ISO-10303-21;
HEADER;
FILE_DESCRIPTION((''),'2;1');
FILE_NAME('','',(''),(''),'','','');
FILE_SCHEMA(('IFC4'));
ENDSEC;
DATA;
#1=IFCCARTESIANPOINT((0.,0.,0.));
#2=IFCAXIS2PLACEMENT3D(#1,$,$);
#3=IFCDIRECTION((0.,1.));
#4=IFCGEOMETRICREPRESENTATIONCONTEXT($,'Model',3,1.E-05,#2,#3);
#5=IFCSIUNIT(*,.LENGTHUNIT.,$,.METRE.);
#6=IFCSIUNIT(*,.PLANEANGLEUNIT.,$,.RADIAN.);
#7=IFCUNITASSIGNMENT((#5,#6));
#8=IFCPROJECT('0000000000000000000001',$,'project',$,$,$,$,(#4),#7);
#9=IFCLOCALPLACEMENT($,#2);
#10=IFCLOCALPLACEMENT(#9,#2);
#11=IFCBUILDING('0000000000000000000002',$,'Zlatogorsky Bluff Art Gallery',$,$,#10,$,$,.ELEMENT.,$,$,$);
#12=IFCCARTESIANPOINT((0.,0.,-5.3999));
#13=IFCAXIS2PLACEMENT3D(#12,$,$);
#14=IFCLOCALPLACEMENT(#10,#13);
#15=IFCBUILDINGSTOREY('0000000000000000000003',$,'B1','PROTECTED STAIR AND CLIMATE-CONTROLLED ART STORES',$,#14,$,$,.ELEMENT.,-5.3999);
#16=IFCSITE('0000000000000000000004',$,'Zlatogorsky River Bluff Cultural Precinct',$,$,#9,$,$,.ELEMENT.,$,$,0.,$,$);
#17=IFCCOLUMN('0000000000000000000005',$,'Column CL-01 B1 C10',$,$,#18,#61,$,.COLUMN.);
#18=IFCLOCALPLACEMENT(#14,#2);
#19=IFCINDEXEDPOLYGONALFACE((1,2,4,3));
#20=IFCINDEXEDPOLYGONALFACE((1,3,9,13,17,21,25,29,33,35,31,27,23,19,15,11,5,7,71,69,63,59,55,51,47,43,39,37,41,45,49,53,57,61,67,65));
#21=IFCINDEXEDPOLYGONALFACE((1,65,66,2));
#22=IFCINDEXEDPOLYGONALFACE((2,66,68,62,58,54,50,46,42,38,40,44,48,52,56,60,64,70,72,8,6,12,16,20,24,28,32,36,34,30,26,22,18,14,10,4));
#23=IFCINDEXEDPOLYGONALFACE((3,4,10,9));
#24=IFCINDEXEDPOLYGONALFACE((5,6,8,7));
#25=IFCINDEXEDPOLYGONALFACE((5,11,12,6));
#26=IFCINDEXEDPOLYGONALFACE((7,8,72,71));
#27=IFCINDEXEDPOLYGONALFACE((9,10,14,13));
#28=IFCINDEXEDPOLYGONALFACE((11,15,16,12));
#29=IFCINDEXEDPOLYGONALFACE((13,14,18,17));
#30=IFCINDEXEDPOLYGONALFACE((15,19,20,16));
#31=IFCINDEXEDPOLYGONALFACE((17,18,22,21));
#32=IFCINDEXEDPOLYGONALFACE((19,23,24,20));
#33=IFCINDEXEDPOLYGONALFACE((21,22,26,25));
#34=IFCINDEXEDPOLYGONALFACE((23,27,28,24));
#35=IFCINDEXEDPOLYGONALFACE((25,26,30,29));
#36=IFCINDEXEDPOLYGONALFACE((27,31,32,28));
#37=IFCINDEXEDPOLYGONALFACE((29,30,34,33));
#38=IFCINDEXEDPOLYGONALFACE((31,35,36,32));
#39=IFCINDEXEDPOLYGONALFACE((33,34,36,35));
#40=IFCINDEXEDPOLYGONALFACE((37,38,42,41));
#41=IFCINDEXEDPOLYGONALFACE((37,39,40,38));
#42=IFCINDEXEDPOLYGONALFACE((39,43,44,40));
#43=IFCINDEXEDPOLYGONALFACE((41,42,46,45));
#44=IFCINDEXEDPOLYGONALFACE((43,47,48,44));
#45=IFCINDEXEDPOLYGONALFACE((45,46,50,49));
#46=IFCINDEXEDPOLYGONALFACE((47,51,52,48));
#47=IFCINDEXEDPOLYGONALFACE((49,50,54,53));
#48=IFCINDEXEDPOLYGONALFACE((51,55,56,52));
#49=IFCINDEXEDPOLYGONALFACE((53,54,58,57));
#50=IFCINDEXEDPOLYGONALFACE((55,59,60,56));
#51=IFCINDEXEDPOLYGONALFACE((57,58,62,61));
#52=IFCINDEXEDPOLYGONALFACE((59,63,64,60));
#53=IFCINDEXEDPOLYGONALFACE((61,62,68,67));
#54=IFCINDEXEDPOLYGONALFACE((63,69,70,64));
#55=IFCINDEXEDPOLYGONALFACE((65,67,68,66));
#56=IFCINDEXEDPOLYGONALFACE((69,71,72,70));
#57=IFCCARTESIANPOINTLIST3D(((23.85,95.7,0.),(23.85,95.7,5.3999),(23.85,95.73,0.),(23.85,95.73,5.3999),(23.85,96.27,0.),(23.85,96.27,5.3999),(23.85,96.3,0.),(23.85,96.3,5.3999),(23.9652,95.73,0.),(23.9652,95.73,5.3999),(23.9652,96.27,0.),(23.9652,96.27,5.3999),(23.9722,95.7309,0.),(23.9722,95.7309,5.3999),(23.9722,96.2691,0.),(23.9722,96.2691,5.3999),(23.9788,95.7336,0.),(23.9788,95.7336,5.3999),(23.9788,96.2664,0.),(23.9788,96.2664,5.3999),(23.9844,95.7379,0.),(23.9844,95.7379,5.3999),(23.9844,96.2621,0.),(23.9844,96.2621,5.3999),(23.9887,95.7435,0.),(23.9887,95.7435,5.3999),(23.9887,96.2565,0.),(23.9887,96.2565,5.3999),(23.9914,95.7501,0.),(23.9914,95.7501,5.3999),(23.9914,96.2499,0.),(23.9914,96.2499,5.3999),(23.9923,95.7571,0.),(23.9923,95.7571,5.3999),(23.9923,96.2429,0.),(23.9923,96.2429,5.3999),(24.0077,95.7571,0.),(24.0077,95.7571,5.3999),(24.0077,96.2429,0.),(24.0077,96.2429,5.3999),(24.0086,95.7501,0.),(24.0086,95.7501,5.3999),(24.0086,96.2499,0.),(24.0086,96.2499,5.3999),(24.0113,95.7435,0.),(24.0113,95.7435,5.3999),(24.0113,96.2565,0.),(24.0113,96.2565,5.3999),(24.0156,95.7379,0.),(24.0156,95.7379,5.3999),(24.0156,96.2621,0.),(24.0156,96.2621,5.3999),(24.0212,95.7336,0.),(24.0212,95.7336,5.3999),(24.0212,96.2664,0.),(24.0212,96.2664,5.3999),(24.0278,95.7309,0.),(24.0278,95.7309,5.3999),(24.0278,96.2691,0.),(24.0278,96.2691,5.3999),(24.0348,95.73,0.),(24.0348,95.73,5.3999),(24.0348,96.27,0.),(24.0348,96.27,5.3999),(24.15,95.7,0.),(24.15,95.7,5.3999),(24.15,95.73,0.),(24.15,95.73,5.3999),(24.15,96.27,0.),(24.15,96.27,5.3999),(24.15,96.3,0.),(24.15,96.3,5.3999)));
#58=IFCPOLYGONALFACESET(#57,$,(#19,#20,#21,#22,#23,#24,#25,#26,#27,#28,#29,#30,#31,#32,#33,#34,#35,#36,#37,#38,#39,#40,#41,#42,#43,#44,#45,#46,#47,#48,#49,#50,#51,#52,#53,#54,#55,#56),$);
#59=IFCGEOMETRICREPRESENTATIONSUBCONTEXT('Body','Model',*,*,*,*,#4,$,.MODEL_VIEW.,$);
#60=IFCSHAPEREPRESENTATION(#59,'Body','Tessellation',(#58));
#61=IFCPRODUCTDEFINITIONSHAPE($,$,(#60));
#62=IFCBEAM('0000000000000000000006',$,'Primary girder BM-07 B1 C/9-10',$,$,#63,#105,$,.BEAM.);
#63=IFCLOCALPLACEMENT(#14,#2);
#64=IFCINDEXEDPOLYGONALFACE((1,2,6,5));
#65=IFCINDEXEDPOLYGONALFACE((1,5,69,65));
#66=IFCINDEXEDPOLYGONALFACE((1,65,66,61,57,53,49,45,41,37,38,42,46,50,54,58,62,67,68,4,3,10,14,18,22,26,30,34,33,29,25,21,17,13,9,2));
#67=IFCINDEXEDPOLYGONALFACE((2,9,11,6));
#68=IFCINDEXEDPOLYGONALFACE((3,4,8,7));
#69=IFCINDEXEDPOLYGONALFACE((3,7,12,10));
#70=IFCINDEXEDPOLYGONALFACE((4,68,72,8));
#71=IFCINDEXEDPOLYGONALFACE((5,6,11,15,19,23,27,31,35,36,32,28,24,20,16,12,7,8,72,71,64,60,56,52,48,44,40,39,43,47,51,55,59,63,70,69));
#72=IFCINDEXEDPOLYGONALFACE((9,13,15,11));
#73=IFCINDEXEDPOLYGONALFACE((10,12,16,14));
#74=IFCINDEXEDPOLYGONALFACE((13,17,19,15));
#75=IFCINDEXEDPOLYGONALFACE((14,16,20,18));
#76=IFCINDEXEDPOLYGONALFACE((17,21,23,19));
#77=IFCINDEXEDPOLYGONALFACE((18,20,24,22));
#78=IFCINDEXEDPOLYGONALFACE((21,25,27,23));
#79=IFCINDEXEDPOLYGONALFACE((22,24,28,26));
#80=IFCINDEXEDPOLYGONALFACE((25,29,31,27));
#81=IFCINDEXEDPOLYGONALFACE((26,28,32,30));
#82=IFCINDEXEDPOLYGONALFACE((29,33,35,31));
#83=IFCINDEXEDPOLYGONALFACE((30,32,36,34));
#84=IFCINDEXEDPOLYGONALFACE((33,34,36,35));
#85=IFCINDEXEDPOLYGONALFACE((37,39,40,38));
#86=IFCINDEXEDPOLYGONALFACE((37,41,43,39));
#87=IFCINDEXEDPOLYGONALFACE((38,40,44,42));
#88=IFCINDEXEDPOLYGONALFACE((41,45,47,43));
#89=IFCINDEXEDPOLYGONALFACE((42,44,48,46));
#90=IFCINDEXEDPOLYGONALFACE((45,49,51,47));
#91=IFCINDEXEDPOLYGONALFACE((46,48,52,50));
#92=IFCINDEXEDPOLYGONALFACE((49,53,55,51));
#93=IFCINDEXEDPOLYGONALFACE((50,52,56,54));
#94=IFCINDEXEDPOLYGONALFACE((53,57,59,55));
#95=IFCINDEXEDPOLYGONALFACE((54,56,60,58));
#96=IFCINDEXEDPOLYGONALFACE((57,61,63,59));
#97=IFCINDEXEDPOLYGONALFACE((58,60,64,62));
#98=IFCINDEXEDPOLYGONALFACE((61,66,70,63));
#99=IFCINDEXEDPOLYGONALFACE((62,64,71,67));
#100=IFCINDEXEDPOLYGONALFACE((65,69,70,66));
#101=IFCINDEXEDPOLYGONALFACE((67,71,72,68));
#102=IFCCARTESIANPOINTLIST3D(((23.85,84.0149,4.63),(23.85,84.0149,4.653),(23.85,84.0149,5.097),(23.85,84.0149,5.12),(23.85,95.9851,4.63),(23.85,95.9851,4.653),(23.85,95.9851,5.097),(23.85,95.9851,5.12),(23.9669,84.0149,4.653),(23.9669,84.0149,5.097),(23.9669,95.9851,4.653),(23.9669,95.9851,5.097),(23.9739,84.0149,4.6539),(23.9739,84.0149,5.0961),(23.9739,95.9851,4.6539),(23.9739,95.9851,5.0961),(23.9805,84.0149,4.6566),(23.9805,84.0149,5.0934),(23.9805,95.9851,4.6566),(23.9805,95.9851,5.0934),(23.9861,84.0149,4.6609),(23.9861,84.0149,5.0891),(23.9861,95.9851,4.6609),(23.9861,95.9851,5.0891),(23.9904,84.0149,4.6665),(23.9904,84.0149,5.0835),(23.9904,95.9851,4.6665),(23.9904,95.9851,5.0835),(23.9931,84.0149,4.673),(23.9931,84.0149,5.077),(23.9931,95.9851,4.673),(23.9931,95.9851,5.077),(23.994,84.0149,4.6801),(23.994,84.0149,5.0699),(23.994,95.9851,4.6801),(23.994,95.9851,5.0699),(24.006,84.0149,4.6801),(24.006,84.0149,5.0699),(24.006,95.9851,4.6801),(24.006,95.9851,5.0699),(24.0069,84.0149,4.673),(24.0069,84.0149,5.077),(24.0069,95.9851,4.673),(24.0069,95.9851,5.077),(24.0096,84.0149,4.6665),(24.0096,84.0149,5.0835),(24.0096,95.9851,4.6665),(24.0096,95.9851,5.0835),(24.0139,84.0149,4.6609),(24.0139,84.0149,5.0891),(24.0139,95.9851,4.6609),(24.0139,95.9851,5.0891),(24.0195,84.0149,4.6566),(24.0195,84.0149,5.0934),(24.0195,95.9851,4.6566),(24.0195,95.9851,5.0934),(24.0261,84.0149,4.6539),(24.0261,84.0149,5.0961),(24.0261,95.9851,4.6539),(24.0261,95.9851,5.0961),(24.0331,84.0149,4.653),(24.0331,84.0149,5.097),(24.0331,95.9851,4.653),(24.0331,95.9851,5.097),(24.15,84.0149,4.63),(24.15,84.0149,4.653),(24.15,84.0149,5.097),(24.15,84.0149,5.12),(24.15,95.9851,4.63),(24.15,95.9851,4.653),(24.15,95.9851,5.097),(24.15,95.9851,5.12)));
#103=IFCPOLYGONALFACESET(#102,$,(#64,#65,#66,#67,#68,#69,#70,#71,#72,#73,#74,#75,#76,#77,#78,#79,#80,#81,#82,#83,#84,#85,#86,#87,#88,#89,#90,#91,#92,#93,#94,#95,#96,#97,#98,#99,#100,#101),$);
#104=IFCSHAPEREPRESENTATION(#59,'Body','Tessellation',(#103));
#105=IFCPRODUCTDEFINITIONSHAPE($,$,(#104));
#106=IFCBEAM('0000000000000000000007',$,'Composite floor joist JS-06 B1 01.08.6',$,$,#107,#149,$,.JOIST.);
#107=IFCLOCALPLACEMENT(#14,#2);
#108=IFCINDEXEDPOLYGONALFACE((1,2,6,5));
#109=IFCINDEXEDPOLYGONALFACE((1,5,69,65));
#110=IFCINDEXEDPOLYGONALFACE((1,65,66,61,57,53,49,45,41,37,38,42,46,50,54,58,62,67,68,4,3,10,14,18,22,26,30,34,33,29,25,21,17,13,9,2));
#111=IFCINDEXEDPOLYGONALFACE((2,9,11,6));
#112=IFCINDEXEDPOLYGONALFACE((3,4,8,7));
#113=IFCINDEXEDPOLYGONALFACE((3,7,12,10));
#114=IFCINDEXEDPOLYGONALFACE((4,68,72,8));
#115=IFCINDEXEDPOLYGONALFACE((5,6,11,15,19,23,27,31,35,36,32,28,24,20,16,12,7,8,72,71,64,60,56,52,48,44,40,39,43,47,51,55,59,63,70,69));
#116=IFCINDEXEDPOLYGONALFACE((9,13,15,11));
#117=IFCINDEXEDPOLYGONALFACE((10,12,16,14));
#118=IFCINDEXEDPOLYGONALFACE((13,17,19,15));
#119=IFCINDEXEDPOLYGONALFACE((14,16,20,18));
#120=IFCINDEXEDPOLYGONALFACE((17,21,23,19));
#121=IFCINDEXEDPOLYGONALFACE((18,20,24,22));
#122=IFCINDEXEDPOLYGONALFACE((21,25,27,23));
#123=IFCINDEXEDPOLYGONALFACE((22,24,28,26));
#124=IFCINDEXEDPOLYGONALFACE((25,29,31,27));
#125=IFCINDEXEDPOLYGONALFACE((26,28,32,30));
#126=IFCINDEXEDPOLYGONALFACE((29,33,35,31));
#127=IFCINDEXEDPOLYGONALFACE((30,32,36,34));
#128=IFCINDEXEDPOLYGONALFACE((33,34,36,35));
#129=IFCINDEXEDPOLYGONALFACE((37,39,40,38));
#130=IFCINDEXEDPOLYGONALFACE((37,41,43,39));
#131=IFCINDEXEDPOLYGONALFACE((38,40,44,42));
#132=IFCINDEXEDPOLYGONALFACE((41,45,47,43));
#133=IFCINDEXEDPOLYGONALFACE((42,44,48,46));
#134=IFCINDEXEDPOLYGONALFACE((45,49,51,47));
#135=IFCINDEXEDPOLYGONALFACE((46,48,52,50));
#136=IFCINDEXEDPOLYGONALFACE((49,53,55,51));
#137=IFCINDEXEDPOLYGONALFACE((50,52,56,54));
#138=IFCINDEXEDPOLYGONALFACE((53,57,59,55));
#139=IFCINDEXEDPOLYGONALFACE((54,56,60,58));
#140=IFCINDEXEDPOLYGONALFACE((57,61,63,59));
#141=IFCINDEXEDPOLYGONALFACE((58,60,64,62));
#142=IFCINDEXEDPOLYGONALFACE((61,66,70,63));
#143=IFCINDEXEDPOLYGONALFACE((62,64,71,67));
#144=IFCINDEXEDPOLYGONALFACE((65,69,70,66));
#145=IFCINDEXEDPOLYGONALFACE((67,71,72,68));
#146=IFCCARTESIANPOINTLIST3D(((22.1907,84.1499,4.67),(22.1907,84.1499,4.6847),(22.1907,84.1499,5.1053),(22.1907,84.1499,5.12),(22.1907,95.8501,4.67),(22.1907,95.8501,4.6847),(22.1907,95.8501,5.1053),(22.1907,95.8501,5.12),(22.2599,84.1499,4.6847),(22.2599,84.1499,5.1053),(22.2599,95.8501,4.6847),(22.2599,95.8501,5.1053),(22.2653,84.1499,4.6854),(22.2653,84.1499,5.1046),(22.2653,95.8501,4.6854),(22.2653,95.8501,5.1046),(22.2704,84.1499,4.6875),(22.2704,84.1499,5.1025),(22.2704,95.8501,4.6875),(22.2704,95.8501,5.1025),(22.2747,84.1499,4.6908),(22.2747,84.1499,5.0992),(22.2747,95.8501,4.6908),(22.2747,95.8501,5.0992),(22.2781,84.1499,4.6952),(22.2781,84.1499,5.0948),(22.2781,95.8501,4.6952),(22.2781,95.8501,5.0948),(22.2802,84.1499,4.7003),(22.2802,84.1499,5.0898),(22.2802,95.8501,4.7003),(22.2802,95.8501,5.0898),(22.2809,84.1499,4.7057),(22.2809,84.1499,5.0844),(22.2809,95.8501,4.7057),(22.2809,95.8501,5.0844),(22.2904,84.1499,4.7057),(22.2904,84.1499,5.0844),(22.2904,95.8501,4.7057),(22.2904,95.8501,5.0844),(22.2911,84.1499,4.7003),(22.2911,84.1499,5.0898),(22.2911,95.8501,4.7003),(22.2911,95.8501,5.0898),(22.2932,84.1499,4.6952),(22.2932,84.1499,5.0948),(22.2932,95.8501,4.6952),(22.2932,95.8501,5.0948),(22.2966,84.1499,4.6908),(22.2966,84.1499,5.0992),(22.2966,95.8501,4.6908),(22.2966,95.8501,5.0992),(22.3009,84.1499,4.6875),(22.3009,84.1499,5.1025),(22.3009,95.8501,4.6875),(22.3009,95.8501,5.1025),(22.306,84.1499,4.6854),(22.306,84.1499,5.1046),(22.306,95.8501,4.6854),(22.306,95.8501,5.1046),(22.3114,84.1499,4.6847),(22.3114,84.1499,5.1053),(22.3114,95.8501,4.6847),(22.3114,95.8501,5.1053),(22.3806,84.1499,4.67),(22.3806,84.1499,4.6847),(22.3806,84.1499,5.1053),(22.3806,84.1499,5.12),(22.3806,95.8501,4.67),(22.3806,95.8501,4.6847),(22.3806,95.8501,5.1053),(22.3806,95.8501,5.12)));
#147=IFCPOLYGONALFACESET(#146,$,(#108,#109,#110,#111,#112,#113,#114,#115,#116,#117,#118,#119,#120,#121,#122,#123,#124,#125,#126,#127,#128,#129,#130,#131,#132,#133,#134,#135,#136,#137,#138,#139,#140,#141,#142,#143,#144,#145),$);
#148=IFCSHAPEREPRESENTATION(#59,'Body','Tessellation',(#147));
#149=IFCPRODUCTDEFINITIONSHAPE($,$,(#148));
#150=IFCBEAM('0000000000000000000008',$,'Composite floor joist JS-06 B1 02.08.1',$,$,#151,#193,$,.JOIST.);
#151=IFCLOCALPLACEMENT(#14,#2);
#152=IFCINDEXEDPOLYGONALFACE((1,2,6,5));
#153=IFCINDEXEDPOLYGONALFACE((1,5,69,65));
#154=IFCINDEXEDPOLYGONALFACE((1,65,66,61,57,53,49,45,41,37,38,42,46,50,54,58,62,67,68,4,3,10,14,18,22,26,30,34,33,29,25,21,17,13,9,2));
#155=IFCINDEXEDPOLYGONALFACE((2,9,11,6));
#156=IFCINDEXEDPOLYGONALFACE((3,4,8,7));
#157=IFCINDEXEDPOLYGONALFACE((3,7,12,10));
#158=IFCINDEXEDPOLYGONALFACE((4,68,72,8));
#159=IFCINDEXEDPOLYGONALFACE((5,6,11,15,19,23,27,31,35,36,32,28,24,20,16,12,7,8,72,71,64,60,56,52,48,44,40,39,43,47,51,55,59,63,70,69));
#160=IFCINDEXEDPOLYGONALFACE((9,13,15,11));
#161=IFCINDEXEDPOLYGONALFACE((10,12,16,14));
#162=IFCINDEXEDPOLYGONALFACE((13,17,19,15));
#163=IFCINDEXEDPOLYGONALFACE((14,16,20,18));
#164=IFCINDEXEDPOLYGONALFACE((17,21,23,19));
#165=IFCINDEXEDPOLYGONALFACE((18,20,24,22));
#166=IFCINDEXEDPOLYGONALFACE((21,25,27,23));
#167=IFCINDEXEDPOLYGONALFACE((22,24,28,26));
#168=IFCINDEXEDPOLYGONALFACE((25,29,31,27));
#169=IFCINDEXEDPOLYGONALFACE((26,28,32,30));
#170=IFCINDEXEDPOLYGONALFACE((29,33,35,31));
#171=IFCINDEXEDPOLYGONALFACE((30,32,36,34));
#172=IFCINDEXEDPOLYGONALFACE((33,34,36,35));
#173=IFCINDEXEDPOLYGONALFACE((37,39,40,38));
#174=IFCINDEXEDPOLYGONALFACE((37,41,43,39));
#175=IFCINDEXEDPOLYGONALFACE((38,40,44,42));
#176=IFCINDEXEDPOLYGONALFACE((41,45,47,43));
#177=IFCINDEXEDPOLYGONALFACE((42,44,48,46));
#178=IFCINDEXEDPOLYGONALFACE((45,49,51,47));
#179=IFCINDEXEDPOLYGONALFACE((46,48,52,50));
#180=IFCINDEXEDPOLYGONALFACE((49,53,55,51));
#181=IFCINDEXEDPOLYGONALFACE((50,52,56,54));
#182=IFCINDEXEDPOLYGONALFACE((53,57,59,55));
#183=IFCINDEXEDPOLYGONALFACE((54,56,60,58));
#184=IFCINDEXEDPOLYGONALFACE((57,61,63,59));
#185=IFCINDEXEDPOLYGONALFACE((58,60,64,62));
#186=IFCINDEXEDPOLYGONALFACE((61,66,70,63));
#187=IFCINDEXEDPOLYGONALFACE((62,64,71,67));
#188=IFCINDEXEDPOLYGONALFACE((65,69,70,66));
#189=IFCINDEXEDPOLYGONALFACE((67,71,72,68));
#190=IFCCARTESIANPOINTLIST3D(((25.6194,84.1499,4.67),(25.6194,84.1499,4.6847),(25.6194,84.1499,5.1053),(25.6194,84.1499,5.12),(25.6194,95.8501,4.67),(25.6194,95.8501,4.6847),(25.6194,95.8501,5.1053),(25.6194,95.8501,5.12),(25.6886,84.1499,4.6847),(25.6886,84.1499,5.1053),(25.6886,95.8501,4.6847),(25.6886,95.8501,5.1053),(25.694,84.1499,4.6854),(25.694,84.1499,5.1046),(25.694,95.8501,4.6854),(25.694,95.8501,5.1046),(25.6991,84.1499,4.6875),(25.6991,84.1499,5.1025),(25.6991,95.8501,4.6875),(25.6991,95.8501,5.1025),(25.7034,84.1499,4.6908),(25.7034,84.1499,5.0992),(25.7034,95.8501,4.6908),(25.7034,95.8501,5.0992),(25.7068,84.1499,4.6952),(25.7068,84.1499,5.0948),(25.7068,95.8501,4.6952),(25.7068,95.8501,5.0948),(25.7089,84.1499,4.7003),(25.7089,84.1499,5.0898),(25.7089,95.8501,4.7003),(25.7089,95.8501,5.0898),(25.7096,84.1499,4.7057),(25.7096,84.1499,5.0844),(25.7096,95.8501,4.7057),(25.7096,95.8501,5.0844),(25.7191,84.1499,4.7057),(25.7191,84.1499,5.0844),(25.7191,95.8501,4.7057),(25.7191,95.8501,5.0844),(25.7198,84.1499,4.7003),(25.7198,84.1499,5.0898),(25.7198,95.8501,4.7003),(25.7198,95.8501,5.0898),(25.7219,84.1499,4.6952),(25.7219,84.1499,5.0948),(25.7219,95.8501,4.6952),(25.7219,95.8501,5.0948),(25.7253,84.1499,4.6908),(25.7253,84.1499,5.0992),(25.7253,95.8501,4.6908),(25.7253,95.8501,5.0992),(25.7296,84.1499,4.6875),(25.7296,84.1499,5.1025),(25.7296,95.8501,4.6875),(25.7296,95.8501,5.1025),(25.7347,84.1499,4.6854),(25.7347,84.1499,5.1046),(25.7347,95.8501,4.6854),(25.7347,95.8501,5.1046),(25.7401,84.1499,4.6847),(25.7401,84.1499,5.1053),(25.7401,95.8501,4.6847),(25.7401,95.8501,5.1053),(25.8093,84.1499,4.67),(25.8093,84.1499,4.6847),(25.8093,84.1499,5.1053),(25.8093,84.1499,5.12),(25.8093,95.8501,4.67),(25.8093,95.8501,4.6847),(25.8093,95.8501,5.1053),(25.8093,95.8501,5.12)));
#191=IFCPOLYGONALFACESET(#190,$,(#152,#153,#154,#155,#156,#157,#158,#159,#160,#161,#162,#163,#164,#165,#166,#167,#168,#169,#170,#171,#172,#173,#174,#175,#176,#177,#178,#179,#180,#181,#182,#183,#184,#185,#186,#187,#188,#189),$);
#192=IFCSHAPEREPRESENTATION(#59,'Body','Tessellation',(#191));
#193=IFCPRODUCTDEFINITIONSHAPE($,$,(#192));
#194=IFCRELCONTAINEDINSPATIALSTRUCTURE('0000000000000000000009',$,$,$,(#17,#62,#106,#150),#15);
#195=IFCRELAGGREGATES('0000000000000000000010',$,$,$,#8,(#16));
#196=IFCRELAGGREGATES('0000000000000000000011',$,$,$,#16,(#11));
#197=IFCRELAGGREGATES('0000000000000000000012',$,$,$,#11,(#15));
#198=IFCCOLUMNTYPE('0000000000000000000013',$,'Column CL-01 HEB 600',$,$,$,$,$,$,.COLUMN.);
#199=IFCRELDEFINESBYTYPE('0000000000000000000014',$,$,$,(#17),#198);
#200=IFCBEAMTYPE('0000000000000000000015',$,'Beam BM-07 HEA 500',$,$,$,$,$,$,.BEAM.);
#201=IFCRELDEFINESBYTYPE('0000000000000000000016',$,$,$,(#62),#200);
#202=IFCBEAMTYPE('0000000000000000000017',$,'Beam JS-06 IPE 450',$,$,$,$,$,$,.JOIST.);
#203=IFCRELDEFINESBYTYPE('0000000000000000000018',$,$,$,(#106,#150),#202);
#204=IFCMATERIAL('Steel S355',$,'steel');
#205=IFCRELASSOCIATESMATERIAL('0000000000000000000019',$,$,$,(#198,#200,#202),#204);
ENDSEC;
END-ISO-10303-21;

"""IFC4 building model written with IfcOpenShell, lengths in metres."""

from ifc_helpers import new_model, si_unit, direction, frame, origin, origin_2d, place, context, subcontext, project, spatial, i_section, extrude, material, material_profile, profile_set, type_object, element, save


model = new_model("IFC4")

# Units and contexts
model_context = context("Model", 3, precision=1e-05, world=origin(), true_north=direction((0.0, 1.0)))
body_context = subcontext(model_context, "Body", "Model", "MODEL_VIEW")
ifc_project = project(units=[si_unit("LENGTHUNIT", "METRE"), si_unit("PLANEANGLEUNIT", "RADIAN")], contexts=[model_context])

# Site, building, storey
site_placement = place(None, origin())
site = spatial("IfcSite", under=ifc_project, at=site_placement, Name="Zlatogorsky River Bluff Cultural Precinct", CompositionType="ELEMENT", RefElevation=0.0)
building_placement = place(site_placement, origin())
building = spatial("IfcBuilding", under=site, at=building_placement, Name="Zlatogorsky Bluff Art Gallery", CompositionType="ELEMENT")
storey_placement = place(building_placement, frame((0.0, 0.0, -5.3999)))
storey = spatial("IfcBuildingStorey", under=building, at=storey_placement, Name="B1", Description="PROTECTED STAIR AND CLIMATE-CONTROLLED ART STORES", CompositionType="ELEMENT", Elevation=-5.3999)

# Column
ifc_material_1 = material(Name="Steel S355", Category="steel")
ifc_material_profile_1 = material_profile(ifc_material_1, i_section(OverallWidth=0.3, OverallDepth=0.6001, WebThickness=0.0154, FlangeThickness=0.03, FilletRadius=0.0271, at=origin_2d()), Name="HEB 600")
ifc_profile_set_1 = profile_set([ifc_material_profile_1], Name="Steel S355")
column_type = type_object("IfcColumnType", Name="Column CL-01 HEB 600", PredefinedType="COLUMN", material=ifc_profile_set_1)
column_placement = place(storey_placement, frame((24.0, 96.0, 0.0), z_axis=(0.0, 0.0, 1.0), x_axis=(1.0, 0.0, 0.0)))
element("IfcColumn", 1, at=column_placement, inside=storey, type_object=column_type, Name="Column CL-01 B1 C10", PredefinedType="COLUMN", context=body_context, shape_type="SweptSolid", body=[
    extrude(i_section(OverallWidth=0.3, OverallDepth=0.6001, WebThickness=0.0154, FlangeThickness=0.03, FilletRadius=0.0271, at=origin_2d()), origin(), (0.0, 0.0, 1.0), 5.3999),
])

# Beams
ifc_material_profile_2 = material_profile(ifc_material_1, i_section(OverallWidth=0.3, OverallDepth=0.49, WebThickness=0.012, FlangeThickness=0.0229, FilletRadius=0.0271, at=origin_2d()), Name="HEA 500")
ifc_profile_set_2 = profile_set([ifc_material_profile_2], Name="Steel S355")
beam_type_1 = type_object("IfcBeamType", Name="Beam BM-07 HEA 500", PredefinedType="BEAM", material=ifc_profile_set_2)
beam_placement = place(storey_placement, frame((24.0, 84.0149, 4.875), z_axis=(0.0, 1.0, 0.0), x_axis=(-1.0, 0.0, 0.0)))
element("IfcBeam", 2, at=beam_placement, inside=storey, type_object=beam_type_1, Name="Primary girder BM-07 B1 C/9-10", PredefinedType="BEAM", context=body_context, shape_type="SweptSolid", body=[
    extrude(i_section(OverallWidth=0.3, OverallDepth=0.49, WebThickness=0.012, FlangeThickness=0.0229, FilletRadius=0.0271, at=origin_2d()), origin(), (0.0, 0.0, 1.0), 11.9702),
])
ifc_material_profile_3 = material_profile(ifc_material_1, i_section(OverallWidth=0.1899, OverallDepth=0.45, WebThickness=0.0095, FlangeThickness=0.0146, FilletRadius=0.021, at=origin_2d()), Name="IPE 450")
ifc_profile_set_3 = profile_set([ifc_material_profile_3], Name="Steel S355")
beam_type_2 = type_object("IfcBeamType", Name="Beam JS-06 IPE 450", PredefinedType="JOIST", material=ifc_profile_set_3)
for number, where, z_axis, x_axis, name in (
    (3, (22.2856, 84.1499, 4.895), (0.0, 1.0, 0.0), (-1.0, 0.0, 0.0), "Composite floor joist JS-06 B1 01.08.6"),
    (4, (25.7144, 84.1499, 4.895), (0.0, 1.0, 0.0), (-1.0, 0.0, 0.0), "Composite floor joist JS-06 B1 02.08.1"),
):
    element("IfcBeam", number, at=place(storey_placement, frame(where, z_axis=z_axis, x_axis=x_axis)), inside=storey, type_object=beam_type_2, Name=name, PredefinedType="JOIST", context=body_context, shape_type="SweptSolid", body=[
        extrude(i_section(OverallWidth=0.1899, OverallDepth=0.45, WebThickness=0.0095, FlangeThickness=0.0146, FilletRadius=0.021, at=origin_2d()), origin(), (0.0, 0.0, 1.0), 11.7002),
    ])

save(model, "model.ifc")
